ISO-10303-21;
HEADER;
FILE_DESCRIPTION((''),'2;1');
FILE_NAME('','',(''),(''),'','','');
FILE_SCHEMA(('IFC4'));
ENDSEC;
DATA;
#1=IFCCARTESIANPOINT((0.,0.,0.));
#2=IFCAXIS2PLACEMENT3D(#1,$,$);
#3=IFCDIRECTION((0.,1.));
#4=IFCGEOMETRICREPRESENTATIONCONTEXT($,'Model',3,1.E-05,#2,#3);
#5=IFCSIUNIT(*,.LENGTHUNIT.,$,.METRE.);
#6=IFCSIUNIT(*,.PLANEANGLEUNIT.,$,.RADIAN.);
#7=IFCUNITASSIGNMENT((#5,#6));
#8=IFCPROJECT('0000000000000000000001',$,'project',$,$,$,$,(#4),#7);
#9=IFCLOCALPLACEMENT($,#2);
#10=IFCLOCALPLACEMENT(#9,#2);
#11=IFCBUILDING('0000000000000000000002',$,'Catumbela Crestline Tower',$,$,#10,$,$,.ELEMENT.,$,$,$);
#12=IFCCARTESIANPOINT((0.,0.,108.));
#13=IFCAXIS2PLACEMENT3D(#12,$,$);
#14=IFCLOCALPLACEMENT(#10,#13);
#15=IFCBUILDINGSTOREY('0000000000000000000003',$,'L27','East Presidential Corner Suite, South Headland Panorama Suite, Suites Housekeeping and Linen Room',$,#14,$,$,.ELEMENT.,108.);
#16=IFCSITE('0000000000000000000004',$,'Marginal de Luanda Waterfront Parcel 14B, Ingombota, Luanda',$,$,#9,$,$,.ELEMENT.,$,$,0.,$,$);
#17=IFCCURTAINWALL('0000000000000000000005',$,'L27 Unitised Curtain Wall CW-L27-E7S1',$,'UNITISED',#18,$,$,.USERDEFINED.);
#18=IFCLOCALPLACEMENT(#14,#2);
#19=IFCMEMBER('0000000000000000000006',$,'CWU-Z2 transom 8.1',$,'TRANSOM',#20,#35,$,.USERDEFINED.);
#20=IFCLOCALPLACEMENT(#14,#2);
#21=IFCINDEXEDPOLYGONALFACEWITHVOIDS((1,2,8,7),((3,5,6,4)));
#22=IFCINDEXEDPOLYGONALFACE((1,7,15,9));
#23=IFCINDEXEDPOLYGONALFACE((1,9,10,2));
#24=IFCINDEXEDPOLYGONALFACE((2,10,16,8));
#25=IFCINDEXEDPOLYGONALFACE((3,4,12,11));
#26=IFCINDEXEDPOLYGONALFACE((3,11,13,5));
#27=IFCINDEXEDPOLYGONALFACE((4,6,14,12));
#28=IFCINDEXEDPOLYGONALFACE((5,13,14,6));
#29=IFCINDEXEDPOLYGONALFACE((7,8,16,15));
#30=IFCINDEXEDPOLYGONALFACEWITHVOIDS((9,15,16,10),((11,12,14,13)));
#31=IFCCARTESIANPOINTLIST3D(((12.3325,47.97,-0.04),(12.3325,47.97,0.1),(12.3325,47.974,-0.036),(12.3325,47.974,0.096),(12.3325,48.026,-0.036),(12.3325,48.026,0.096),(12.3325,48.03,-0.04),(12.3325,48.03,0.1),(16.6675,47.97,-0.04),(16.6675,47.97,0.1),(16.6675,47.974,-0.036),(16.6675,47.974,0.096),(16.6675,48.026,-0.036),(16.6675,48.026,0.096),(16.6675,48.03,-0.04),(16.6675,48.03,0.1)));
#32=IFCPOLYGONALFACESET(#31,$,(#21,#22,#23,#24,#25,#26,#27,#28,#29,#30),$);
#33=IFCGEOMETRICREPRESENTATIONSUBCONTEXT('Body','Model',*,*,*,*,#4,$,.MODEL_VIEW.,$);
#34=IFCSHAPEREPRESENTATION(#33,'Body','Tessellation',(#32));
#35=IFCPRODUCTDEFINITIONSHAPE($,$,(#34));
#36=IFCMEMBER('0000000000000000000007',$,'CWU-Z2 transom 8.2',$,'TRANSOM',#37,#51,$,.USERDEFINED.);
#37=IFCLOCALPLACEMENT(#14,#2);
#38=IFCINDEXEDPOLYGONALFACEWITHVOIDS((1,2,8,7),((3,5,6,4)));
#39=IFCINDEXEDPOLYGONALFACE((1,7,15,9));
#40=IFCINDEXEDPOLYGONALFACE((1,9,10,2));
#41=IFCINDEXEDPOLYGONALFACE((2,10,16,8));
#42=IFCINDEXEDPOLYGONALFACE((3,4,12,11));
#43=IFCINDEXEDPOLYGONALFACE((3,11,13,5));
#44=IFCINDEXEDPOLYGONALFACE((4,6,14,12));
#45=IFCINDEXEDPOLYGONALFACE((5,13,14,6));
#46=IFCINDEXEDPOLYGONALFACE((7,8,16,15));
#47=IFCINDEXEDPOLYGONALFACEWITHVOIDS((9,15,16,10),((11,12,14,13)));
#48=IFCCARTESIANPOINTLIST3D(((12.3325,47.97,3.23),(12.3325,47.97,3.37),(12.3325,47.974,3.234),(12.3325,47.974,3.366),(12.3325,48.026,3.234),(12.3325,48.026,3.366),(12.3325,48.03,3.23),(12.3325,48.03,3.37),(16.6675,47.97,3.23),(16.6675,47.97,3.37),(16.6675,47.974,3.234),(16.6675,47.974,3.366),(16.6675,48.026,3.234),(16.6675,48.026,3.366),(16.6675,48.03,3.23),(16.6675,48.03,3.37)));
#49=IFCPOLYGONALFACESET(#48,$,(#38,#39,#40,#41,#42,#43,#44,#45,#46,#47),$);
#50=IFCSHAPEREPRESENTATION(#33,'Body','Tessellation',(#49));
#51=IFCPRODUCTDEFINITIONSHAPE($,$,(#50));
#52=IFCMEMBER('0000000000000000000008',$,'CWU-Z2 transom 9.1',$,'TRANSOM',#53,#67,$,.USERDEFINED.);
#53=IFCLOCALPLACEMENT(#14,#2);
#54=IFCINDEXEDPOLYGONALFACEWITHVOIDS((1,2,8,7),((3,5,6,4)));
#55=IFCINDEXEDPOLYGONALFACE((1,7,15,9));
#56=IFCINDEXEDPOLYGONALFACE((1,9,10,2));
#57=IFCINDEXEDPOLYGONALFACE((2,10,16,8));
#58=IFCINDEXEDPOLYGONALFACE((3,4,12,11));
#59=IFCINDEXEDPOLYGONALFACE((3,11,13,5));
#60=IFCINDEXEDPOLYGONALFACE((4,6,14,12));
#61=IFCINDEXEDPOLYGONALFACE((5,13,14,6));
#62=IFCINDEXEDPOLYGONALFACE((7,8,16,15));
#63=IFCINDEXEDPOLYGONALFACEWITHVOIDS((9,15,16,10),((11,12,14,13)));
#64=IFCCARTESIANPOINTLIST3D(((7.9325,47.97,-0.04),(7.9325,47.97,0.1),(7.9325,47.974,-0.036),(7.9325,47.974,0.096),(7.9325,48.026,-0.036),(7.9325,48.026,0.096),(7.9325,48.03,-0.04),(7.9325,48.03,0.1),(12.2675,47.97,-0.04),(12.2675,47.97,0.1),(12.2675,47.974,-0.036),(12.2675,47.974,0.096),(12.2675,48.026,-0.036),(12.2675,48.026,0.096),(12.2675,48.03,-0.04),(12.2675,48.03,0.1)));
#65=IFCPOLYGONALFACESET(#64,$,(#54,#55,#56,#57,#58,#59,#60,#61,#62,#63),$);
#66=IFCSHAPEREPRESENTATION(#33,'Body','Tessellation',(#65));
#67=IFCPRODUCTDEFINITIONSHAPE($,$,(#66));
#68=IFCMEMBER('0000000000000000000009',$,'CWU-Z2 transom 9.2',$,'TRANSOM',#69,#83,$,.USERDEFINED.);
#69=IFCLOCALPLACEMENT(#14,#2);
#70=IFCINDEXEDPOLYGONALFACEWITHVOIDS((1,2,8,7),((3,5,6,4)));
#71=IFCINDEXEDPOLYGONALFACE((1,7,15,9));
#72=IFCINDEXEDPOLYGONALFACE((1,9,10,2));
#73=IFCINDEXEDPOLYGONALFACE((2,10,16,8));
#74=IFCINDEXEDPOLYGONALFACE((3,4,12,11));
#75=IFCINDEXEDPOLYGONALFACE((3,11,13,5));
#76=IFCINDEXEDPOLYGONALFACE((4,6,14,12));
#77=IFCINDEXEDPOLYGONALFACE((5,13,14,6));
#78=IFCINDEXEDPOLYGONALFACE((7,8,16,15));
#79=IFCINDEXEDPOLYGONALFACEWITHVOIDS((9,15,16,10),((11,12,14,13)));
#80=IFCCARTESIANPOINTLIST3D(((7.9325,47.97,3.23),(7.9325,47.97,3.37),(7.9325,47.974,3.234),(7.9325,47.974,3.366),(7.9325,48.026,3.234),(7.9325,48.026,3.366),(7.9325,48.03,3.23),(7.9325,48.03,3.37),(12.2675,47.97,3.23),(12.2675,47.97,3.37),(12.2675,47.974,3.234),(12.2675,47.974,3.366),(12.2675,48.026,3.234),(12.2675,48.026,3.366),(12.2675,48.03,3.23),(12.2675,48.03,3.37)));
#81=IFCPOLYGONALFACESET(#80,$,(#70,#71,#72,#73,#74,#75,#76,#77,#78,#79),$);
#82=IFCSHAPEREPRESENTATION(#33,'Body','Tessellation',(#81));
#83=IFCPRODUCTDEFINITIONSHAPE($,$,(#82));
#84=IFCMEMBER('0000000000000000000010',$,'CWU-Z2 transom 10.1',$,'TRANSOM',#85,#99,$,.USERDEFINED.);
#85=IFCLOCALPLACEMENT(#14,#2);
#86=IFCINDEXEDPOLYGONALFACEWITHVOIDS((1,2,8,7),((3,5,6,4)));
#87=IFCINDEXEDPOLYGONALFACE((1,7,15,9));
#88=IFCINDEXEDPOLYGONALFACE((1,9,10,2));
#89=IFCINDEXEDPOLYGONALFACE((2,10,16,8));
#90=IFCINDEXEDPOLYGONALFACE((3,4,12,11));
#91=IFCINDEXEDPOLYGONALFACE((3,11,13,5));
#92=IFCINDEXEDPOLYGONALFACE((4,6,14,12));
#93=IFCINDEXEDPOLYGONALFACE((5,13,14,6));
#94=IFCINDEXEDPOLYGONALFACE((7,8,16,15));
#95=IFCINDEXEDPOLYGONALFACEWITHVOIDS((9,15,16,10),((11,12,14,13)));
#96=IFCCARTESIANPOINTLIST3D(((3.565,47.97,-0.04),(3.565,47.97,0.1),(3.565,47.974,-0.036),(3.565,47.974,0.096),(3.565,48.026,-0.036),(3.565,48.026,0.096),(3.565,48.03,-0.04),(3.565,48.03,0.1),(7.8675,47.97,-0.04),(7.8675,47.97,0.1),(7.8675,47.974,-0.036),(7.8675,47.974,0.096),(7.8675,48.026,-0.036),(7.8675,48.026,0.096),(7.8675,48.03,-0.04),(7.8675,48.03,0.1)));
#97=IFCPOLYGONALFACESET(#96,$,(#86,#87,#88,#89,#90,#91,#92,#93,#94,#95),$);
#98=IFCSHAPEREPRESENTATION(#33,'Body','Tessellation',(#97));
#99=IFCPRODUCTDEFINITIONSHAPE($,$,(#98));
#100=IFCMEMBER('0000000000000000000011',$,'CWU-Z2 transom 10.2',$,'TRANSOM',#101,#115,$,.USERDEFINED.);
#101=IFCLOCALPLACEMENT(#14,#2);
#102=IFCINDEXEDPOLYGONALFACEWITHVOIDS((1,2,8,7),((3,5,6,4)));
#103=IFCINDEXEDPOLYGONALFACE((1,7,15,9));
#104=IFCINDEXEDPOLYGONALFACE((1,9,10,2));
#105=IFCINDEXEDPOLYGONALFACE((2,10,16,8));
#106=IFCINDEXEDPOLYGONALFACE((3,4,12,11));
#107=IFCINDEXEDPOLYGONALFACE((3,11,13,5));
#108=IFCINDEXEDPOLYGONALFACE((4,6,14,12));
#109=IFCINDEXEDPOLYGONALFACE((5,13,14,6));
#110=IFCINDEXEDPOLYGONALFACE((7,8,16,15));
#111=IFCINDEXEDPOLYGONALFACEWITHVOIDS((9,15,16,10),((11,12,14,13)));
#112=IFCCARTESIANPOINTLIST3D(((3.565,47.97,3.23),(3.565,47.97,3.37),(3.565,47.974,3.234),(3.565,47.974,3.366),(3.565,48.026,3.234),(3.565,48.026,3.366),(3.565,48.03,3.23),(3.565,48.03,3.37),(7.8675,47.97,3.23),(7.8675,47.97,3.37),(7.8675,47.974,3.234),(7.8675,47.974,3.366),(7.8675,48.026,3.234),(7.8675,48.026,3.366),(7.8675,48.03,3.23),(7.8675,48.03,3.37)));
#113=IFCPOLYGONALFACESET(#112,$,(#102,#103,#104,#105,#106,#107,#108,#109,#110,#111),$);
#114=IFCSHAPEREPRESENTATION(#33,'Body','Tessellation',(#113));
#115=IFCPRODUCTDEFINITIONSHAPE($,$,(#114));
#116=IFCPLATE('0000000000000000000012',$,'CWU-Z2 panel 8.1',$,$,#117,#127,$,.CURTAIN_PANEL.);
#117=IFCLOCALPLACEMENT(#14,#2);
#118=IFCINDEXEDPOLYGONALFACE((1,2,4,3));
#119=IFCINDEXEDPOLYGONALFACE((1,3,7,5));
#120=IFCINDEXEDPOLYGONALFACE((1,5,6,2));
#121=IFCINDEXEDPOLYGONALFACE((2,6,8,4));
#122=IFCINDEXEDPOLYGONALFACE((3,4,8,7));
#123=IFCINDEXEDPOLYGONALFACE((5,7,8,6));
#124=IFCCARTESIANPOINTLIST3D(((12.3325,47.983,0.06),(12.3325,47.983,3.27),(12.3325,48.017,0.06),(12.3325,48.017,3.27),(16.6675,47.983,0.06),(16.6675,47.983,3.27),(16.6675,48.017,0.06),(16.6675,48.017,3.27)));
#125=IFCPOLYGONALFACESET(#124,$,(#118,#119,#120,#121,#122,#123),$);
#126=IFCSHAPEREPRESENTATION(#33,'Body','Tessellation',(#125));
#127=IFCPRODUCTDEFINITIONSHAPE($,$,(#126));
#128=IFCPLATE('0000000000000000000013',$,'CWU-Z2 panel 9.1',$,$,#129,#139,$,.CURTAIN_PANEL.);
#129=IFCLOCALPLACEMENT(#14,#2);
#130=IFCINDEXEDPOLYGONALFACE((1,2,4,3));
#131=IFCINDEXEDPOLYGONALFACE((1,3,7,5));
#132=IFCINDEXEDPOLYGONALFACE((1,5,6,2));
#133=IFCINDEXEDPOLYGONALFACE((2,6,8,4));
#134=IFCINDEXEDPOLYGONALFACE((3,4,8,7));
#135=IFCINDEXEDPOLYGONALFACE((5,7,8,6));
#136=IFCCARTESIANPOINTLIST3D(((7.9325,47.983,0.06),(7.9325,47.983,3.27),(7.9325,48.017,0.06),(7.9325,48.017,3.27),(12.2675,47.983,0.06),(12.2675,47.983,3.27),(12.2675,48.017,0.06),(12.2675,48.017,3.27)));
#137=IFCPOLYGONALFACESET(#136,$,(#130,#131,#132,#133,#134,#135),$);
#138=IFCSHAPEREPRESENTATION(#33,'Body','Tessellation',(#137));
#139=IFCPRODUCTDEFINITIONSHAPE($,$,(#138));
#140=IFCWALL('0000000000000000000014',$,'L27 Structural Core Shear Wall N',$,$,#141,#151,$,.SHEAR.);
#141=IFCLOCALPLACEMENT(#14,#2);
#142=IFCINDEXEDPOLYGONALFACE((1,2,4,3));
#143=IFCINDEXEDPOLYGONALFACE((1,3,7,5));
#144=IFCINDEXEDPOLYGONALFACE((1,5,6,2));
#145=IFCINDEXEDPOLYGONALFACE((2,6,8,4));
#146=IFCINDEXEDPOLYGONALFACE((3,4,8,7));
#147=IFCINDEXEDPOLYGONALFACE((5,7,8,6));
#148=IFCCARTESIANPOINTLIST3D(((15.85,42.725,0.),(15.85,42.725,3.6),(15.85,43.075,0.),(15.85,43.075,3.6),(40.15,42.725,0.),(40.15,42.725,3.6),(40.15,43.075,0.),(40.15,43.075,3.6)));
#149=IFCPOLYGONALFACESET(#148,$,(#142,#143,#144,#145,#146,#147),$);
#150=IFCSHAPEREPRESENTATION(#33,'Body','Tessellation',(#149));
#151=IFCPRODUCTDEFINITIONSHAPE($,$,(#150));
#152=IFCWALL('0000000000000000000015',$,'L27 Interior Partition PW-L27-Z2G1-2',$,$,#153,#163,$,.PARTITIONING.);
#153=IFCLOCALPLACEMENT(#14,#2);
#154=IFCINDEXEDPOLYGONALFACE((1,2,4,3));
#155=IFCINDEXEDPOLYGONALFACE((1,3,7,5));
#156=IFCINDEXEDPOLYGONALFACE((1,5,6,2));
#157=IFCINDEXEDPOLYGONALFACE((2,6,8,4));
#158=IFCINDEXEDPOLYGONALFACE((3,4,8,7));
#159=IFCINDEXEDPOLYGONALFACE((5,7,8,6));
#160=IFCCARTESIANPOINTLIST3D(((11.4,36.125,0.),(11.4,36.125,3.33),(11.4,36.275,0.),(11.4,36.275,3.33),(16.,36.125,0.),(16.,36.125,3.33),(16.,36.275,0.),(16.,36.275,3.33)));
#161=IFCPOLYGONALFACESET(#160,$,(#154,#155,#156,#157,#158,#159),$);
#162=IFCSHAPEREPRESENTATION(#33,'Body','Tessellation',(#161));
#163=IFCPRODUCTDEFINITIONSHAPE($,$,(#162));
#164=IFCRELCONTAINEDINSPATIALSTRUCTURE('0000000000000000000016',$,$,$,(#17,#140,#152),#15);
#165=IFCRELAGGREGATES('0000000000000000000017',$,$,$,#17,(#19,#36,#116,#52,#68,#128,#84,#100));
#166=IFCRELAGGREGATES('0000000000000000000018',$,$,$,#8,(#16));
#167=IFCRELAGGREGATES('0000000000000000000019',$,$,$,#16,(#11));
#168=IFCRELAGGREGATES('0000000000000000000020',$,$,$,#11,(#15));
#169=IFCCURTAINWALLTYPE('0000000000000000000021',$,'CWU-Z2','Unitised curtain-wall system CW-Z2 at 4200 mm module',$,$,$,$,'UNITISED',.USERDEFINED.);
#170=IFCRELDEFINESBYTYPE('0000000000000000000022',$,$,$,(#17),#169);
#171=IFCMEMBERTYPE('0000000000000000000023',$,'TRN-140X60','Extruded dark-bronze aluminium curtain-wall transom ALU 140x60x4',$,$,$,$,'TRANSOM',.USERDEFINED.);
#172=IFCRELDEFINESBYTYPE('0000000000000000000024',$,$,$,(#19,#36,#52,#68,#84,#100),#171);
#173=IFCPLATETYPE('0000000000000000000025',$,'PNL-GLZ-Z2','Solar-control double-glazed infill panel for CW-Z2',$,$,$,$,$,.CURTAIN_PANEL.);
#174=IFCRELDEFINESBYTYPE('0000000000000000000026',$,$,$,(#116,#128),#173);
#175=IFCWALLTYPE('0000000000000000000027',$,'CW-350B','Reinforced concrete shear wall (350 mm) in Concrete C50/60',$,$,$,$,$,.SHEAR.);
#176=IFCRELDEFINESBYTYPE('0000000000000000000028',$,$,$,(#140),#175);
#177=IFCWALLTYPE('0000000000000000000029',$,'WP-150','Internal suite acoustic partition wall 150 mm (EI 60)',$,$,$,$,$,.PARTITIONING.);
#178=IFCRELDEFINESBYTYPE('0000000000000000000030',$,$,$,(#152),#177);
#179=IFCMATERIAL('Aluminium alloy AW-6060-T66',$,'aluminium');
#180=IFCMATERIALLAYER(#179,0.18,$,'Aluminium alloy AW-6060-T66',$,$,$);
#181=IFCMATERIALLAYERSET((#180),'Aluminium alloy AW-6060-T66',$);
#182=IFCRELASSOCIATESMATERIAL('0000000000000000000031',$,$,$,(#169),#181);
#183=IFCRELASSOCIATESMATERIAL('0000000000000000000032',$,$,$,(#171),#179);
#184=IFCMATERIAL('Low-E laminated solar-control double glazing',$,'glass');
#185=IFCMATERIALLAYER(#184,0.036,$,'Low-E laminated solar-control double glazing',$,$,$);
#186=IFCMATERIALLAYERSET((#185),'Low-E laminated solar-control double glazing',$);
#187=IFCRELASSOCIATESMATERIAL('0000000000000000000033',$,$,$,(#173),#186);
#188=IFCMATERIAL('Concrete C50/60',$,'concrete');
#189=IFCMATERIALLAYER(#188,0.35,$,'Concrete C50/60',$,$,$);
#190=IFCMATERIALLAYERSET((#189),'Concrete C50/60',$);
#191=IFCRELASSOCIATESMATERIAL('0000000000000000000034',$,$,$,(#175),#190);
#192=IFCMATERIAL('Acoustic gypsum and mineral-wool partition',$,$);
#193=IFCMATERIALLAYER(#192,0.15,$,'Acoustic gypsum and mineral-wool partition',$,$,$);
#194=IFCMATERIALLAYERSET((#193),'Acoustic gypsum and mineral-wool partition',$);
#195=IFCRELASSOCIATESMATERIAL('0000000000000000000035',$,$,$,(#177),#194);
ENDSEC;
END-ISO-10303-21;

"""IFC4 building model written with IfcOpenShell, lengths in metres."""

from ifc_helpers import new_model, si_unit, direction, frame, frame_2d, origin, origin_2d, place, context, subcontext, project, spatial, rectangle, hollow_rectangle, extrude, material, layer, layer_set, material_profile, profile_set, type_object, element, aggregate, save


model = new_model("IFC4")

# Units and contexts
model_context = context("Model", 3, precision=1e-05, world=origin(), true_north=direction((0.0, 1.0)))
body_context = subcontext(model_context, "Body", "Model", "MODEL_VIEW")
ifc_project = project(units=[si_unit("LENGTHUNIT", "METRE"), si_unit("PLANEANGLEUNIT", "RADIAN")], contexts=[model_context])

# Site, building, storey
site_placement = place(None, origin())
site = spatial("IfcSite", under=ifc_project, at=site_placement, Name="Marginal de Luanda Waterfront Parcel 14B, Ingombota, Luanda", CompositionType="ELEMENT", RefElevation=0.0)
building_placement = place(site_placement, origin())
building = spatial("IfcBuilding", under=site, at=building_placement, Name="Catumbela Crestline Tower", CompositionType="ELEMENT")
storey_placement = place(building_placement, frame((0.0, 0.0, 108.0)))
storey = spatial("IfcBuildingStorey", under=building, at=storey_placement, Name="L27", Description="East Presidential Corner Suite, South Headland Panorama Suite, Suites Housekeeping and Linen Room", CompositionType="ELEMENT", Elevation=108.0)

# Shared definitions
ifc_material_1 = material(Name="Concrete C50/60", Category="concrete")

# Curtain wall
ifc_material_2 = material(Name="Aluminium alloy AW-6060-T66", Category="aluminium")
ifc_layer_1 = layer(ifc_material_2, 0.18, Name="Aluminium alloy AW-6060-T66")
ifc_layer_set_1 = layer_set([ifc_layer_1], Name="Aluminium alloy AW-6060-T66")
curtain_wall_type = type_object("IfcCurtainWallType", Name="CWU-Z2", Description="Unitised curtain-wall system CW-Z2 at 4200 mm module", ElementType="UNITISED", PredefinedType="USERDEFINED", material=ifc_layer_set_1)
curtain_wall_placement = place(storey_placement, origin())
curtain_wall = element("IfcCurtainWall", 1, at=curtain_wall_placement, inside=storey, type_object=curtain_wall_type, Name="L27 Unitised Curtain Wall CW-L27-E7S1", ObjectType="UNITISED", PredefinedType="USERDEFINED")

# Members
ifc_material_profile_1 = material_profile(ifc_material_2, hollow_rectangle(XDim=0.06, YDim=0.14, WallThickness=0.004, at=origin_2d()), Name="ALU 140x60x4")
ifc_profile_set_1 = profile_set([ifc_material_profile_1], Name="Aluminium alloy AW-6060-T66")
member_type_1 = type_object("IfcMemberType", Name="TRN-140X60", Description="Extruded dark-bronze aluminium curtain-wall transom ALU 140x60x4", ElementType="TRANSOM", PredefinedType="USERDEFINED", material=ifc_profile_set_1)
member_1_placement = place(storey_placement, frame((16.6675, 48.0, 0.03), z_axis=(-1.0, 0.0, 0.0), x_axis=(0.0, -1.0, 0.0)))
member_1 = element("IfcMember", 2, at=member_1_placement, type_object=member_type_1, Name="CWU-Z2 transom 8.1", ObjectType="TRANSOM", PredefinedType="USERDEFINED", context=body_context, shape_type="SweptSolid", body=[
    extrude(hollow_rectangle(XDim=0.06, YDim=0.14, WallThickness=0.004, at=origin_2d()), origin(), (0.0, 0.0, 1.0), 4.335),
])
member_2_placement = place(storey_placement, frame((16.6675, 48.0, 3.3), z_axis=(-1.0, 0.0, 0.0), x_axis=(0.0, -1.0, 0.0)))
member_2 = element("IfcMember", 3, at=member_2_placement, type_object=member_type_1, Name="CWU-Z2 transom 8.2", ObjectType="TRANSOM", PredefinedType="USERDEFINED", context=body_context, shape_type="SweptSolid", body=[
    extrude(hollow_rectangle(XDim=0.06, YDim=0.14, WallThickness=0.004, at=origin_2d()), origin(), (0.0, 0.0, 1.0), 4.335),
])
member_3_placement = place(storey_placement, frame((12.2675, 48.0, 0.03), z_axis=(-1.0, 0.0, 0.0), x_axis=(0.0, -1.0, 0.0)))
member_3 = element("IfcMember", 4, at=member_3_placement, type_object=member_type_1, Name="CWU-Z2 transom 9.1", ObjectType="TRANSOM", PredefinedType="USERDEFINED", context=body_context, shape_type="SweptSolid", body=[
    extrude(hollow_rectangle(XDim=0.06, YDim=0.14, WallThickness=0.004, at=origin_2d()), origin(), (0.0, 0.0, 1.0), 4.335),
])
member_4_placement = place(storey_placement, frame((12.2675, 48.0, 3.3), z_axis=(-1.0, 0.0, 0.0), x_axis=(0.0, -1.0, 0.0)))
member_4 = element("IfcMember", 5, at=member_4_placement, type_object=member_type_1, Name="CWU-Z2 transom 9.2", ObjectType="TRANSOM", PredefinedType="USERDEFINED", context=body_context, shape_type="SweptSolid", body=[
    extrude(hollow_rectangle(XDim=0.06, YDim=0.14, WallThickness=0.004, at=origin_2d()), origin(), (0.0, 0.0, 1.0), 4.335),
])
member_5_placement = place(storey_placement, frame((7.8675, 48.0, 0.03), z_axis=(-1.0, 0.0, 0.0), x_axis=(0.0, -1.0, 0.0)))
member_5 = element("IfcMember", 6, at=member_5_placement, type_object=member_type_1, Name="CWU-Z2 transom 10.1", ObjectType="TRANSOM", PredefinedType="USERDEFINED", context=body_context, shape_type="SweptSolid", body=[
    extrude(hollow_rectangle(XDim=0.06, YDim=0.14, WallThickness=0.004, at=origin_2d()), origin(), (0.0, 0.0, 1.0), 4.3025),
])
member_6_placement = place(storey_placement, frame((7.8675, 48.0, 3.3), z_axis=(-1.0, 0.0, 0.0), x_axis=(0.0, -1.0, 0.0)))
member_6 = element("IfcMember", 7, at=member_6_placement, type_object=member_type_1, Name="CWU-Z2 transom 10.2", ObjectType="TRANSOM", PredefinedType="USERDEFINED", context=body_context, shape_type="SweptSolid", body=[
    extrude(hollow_rectangle(XDim=0.06, YDim=0.14, WallThickness=0.004, at=origin_2d()), origin(), (0.0, 0.0, 1.0), 4.3025),
])

# Plates
ifc_material_3 = material(Name="Low-E laminated solar-control double glazing", Category="glass")
ifc_layer_2 = layer(ifc_material_3, 0.036, Name="Low-E laminated solar-control double glazing")
ifc_layer_set_2 = layer_set([ifc_layer_2], Name="Low-E laminated solar-control double glazing")
plate_type = type_object("IfcPlateType", Name="PNL-GLZ-Z2", Description="Solar-control double-glazed infill panel for CW-Z2", PredefinedType="CURTAIN_PANEL", material=ifc_layer_set_2)
plate_1_placement = place(storey_placement, frame((14.5, 48.0, 0.06), z_axis=(0.0, 0.0, 1.0), x_axis=(-1.0, 0.0, 0.0)))
plate_1 = element("IfcPlate", 8, at=plate_1_placement, type_object=plate_type, Name="CWU-Z2 panel 8.1", PredefinedType="CURTAIN_PANEL", context=body_context, shape_type="SweptSolid", body=[
    extrude(rectangle(XDim=4.335, YDim=0.034, at=origin_2d()), origin(), (0.0, 0.0, 1.0), 3.21),
])
plate_2_placement = place(storey_placement, frame((10.1, 48.0, 0.06), z_axis=(0.0, 0.0, 1.0), x_axis=(-1.0, 0.0, 0.0)))
plate_2 = element("IfcPlate", 9, at=plate_2_placement, type_object=plate_type, Name="CWU-Z2 panel 9.1", PredefinedType="CURTAIN_PANEL", context=body_context, shape_type="SweptSolid", body=[
    extrude(rectangle(XDim=4.335, YDim=0.034, at=origin_2d()), origin(), (0.0, 0.0, 1.0), 3.21),
])
aggregate(curtain_wall, [member_1, member_2, plate_1, member_3, member_4, plate_2, member_5, member_6])

# Walls
ifc_layer_3 = layer(ifc_material_1, 0.35, Name="Concrete C50/60")
ifc_layer_set_3 = layer_set([ifc_layer_3], Name="Concrete C50/60")
wall_type_1 = type_object("IfcWallType", Name="CW-350B", Description="Reinforced concrete shear wall (350 mm) in Concrete C50/60", PredefinedType="SHEAR", material=ifc_layer_set_3)
wall_1_placement = place(storey_placement, frame((15.85, 42.9, 0.0), z_axis=(0.0, 0.0, 1.0), x_axis=(1.0, 0.0, 0.0)))
element("IfcWall", 10, at=wall_1_placement, inside=storey, type_object=wall_type_1, Name="L27 Structural Core Shear Wall N", PredefinedType="SHEAR", context=body_context, shape_type="SweptSolid", body=[
    extrude(rectangle(XDim=24.3, YDim=0.35, at=frame_2d((12.15, 0.0))), origin(), (0.0, 0.0, 1.0), 3.6),
])
ifc_material_4 = material(Name="Acoustic gypsum and mineral-wool partition")
ifc_layer_4 = layer(ifc_material_4, 0.15, Name="Acoustic gypsum and mineral-wool partition")
ifc_layer_set_4 = layer_set([ifc_layer_4], Name="Acoustic gypsum and mineral-wool partition")
wall_type_2 = type_object("IfcWallType", Name="WP-150", Description="Internal suite acoustic partition wall 150 mm (EI 60)", PredefinedType="PARTITIONING", material=ifc_layer_set_4)
wall_2_placement = place(storey_placement, frame((11.4, 36.2, 0.0), z_axis=(0.0, 0.0, 1.0), x_axis=(1.0, 0.0, 0.0)))
element("IfcWall", 11, at=wall_2_placement, inside=storey, type_object=wall_type_2, Name="L27 Interior Partition PW-L27-Z2G1-2", PredefinedType="PARTITIONING", context=body_context, shape_type="SweptSolid", body=[
    extrude(rectangle(XDim=4.6, YDim=0.15, at=frame_2d((2.3, 0.0))), origin(), (0.0, 0.0, 1.0), 3.33),
])

save(model, "model.ifc")
